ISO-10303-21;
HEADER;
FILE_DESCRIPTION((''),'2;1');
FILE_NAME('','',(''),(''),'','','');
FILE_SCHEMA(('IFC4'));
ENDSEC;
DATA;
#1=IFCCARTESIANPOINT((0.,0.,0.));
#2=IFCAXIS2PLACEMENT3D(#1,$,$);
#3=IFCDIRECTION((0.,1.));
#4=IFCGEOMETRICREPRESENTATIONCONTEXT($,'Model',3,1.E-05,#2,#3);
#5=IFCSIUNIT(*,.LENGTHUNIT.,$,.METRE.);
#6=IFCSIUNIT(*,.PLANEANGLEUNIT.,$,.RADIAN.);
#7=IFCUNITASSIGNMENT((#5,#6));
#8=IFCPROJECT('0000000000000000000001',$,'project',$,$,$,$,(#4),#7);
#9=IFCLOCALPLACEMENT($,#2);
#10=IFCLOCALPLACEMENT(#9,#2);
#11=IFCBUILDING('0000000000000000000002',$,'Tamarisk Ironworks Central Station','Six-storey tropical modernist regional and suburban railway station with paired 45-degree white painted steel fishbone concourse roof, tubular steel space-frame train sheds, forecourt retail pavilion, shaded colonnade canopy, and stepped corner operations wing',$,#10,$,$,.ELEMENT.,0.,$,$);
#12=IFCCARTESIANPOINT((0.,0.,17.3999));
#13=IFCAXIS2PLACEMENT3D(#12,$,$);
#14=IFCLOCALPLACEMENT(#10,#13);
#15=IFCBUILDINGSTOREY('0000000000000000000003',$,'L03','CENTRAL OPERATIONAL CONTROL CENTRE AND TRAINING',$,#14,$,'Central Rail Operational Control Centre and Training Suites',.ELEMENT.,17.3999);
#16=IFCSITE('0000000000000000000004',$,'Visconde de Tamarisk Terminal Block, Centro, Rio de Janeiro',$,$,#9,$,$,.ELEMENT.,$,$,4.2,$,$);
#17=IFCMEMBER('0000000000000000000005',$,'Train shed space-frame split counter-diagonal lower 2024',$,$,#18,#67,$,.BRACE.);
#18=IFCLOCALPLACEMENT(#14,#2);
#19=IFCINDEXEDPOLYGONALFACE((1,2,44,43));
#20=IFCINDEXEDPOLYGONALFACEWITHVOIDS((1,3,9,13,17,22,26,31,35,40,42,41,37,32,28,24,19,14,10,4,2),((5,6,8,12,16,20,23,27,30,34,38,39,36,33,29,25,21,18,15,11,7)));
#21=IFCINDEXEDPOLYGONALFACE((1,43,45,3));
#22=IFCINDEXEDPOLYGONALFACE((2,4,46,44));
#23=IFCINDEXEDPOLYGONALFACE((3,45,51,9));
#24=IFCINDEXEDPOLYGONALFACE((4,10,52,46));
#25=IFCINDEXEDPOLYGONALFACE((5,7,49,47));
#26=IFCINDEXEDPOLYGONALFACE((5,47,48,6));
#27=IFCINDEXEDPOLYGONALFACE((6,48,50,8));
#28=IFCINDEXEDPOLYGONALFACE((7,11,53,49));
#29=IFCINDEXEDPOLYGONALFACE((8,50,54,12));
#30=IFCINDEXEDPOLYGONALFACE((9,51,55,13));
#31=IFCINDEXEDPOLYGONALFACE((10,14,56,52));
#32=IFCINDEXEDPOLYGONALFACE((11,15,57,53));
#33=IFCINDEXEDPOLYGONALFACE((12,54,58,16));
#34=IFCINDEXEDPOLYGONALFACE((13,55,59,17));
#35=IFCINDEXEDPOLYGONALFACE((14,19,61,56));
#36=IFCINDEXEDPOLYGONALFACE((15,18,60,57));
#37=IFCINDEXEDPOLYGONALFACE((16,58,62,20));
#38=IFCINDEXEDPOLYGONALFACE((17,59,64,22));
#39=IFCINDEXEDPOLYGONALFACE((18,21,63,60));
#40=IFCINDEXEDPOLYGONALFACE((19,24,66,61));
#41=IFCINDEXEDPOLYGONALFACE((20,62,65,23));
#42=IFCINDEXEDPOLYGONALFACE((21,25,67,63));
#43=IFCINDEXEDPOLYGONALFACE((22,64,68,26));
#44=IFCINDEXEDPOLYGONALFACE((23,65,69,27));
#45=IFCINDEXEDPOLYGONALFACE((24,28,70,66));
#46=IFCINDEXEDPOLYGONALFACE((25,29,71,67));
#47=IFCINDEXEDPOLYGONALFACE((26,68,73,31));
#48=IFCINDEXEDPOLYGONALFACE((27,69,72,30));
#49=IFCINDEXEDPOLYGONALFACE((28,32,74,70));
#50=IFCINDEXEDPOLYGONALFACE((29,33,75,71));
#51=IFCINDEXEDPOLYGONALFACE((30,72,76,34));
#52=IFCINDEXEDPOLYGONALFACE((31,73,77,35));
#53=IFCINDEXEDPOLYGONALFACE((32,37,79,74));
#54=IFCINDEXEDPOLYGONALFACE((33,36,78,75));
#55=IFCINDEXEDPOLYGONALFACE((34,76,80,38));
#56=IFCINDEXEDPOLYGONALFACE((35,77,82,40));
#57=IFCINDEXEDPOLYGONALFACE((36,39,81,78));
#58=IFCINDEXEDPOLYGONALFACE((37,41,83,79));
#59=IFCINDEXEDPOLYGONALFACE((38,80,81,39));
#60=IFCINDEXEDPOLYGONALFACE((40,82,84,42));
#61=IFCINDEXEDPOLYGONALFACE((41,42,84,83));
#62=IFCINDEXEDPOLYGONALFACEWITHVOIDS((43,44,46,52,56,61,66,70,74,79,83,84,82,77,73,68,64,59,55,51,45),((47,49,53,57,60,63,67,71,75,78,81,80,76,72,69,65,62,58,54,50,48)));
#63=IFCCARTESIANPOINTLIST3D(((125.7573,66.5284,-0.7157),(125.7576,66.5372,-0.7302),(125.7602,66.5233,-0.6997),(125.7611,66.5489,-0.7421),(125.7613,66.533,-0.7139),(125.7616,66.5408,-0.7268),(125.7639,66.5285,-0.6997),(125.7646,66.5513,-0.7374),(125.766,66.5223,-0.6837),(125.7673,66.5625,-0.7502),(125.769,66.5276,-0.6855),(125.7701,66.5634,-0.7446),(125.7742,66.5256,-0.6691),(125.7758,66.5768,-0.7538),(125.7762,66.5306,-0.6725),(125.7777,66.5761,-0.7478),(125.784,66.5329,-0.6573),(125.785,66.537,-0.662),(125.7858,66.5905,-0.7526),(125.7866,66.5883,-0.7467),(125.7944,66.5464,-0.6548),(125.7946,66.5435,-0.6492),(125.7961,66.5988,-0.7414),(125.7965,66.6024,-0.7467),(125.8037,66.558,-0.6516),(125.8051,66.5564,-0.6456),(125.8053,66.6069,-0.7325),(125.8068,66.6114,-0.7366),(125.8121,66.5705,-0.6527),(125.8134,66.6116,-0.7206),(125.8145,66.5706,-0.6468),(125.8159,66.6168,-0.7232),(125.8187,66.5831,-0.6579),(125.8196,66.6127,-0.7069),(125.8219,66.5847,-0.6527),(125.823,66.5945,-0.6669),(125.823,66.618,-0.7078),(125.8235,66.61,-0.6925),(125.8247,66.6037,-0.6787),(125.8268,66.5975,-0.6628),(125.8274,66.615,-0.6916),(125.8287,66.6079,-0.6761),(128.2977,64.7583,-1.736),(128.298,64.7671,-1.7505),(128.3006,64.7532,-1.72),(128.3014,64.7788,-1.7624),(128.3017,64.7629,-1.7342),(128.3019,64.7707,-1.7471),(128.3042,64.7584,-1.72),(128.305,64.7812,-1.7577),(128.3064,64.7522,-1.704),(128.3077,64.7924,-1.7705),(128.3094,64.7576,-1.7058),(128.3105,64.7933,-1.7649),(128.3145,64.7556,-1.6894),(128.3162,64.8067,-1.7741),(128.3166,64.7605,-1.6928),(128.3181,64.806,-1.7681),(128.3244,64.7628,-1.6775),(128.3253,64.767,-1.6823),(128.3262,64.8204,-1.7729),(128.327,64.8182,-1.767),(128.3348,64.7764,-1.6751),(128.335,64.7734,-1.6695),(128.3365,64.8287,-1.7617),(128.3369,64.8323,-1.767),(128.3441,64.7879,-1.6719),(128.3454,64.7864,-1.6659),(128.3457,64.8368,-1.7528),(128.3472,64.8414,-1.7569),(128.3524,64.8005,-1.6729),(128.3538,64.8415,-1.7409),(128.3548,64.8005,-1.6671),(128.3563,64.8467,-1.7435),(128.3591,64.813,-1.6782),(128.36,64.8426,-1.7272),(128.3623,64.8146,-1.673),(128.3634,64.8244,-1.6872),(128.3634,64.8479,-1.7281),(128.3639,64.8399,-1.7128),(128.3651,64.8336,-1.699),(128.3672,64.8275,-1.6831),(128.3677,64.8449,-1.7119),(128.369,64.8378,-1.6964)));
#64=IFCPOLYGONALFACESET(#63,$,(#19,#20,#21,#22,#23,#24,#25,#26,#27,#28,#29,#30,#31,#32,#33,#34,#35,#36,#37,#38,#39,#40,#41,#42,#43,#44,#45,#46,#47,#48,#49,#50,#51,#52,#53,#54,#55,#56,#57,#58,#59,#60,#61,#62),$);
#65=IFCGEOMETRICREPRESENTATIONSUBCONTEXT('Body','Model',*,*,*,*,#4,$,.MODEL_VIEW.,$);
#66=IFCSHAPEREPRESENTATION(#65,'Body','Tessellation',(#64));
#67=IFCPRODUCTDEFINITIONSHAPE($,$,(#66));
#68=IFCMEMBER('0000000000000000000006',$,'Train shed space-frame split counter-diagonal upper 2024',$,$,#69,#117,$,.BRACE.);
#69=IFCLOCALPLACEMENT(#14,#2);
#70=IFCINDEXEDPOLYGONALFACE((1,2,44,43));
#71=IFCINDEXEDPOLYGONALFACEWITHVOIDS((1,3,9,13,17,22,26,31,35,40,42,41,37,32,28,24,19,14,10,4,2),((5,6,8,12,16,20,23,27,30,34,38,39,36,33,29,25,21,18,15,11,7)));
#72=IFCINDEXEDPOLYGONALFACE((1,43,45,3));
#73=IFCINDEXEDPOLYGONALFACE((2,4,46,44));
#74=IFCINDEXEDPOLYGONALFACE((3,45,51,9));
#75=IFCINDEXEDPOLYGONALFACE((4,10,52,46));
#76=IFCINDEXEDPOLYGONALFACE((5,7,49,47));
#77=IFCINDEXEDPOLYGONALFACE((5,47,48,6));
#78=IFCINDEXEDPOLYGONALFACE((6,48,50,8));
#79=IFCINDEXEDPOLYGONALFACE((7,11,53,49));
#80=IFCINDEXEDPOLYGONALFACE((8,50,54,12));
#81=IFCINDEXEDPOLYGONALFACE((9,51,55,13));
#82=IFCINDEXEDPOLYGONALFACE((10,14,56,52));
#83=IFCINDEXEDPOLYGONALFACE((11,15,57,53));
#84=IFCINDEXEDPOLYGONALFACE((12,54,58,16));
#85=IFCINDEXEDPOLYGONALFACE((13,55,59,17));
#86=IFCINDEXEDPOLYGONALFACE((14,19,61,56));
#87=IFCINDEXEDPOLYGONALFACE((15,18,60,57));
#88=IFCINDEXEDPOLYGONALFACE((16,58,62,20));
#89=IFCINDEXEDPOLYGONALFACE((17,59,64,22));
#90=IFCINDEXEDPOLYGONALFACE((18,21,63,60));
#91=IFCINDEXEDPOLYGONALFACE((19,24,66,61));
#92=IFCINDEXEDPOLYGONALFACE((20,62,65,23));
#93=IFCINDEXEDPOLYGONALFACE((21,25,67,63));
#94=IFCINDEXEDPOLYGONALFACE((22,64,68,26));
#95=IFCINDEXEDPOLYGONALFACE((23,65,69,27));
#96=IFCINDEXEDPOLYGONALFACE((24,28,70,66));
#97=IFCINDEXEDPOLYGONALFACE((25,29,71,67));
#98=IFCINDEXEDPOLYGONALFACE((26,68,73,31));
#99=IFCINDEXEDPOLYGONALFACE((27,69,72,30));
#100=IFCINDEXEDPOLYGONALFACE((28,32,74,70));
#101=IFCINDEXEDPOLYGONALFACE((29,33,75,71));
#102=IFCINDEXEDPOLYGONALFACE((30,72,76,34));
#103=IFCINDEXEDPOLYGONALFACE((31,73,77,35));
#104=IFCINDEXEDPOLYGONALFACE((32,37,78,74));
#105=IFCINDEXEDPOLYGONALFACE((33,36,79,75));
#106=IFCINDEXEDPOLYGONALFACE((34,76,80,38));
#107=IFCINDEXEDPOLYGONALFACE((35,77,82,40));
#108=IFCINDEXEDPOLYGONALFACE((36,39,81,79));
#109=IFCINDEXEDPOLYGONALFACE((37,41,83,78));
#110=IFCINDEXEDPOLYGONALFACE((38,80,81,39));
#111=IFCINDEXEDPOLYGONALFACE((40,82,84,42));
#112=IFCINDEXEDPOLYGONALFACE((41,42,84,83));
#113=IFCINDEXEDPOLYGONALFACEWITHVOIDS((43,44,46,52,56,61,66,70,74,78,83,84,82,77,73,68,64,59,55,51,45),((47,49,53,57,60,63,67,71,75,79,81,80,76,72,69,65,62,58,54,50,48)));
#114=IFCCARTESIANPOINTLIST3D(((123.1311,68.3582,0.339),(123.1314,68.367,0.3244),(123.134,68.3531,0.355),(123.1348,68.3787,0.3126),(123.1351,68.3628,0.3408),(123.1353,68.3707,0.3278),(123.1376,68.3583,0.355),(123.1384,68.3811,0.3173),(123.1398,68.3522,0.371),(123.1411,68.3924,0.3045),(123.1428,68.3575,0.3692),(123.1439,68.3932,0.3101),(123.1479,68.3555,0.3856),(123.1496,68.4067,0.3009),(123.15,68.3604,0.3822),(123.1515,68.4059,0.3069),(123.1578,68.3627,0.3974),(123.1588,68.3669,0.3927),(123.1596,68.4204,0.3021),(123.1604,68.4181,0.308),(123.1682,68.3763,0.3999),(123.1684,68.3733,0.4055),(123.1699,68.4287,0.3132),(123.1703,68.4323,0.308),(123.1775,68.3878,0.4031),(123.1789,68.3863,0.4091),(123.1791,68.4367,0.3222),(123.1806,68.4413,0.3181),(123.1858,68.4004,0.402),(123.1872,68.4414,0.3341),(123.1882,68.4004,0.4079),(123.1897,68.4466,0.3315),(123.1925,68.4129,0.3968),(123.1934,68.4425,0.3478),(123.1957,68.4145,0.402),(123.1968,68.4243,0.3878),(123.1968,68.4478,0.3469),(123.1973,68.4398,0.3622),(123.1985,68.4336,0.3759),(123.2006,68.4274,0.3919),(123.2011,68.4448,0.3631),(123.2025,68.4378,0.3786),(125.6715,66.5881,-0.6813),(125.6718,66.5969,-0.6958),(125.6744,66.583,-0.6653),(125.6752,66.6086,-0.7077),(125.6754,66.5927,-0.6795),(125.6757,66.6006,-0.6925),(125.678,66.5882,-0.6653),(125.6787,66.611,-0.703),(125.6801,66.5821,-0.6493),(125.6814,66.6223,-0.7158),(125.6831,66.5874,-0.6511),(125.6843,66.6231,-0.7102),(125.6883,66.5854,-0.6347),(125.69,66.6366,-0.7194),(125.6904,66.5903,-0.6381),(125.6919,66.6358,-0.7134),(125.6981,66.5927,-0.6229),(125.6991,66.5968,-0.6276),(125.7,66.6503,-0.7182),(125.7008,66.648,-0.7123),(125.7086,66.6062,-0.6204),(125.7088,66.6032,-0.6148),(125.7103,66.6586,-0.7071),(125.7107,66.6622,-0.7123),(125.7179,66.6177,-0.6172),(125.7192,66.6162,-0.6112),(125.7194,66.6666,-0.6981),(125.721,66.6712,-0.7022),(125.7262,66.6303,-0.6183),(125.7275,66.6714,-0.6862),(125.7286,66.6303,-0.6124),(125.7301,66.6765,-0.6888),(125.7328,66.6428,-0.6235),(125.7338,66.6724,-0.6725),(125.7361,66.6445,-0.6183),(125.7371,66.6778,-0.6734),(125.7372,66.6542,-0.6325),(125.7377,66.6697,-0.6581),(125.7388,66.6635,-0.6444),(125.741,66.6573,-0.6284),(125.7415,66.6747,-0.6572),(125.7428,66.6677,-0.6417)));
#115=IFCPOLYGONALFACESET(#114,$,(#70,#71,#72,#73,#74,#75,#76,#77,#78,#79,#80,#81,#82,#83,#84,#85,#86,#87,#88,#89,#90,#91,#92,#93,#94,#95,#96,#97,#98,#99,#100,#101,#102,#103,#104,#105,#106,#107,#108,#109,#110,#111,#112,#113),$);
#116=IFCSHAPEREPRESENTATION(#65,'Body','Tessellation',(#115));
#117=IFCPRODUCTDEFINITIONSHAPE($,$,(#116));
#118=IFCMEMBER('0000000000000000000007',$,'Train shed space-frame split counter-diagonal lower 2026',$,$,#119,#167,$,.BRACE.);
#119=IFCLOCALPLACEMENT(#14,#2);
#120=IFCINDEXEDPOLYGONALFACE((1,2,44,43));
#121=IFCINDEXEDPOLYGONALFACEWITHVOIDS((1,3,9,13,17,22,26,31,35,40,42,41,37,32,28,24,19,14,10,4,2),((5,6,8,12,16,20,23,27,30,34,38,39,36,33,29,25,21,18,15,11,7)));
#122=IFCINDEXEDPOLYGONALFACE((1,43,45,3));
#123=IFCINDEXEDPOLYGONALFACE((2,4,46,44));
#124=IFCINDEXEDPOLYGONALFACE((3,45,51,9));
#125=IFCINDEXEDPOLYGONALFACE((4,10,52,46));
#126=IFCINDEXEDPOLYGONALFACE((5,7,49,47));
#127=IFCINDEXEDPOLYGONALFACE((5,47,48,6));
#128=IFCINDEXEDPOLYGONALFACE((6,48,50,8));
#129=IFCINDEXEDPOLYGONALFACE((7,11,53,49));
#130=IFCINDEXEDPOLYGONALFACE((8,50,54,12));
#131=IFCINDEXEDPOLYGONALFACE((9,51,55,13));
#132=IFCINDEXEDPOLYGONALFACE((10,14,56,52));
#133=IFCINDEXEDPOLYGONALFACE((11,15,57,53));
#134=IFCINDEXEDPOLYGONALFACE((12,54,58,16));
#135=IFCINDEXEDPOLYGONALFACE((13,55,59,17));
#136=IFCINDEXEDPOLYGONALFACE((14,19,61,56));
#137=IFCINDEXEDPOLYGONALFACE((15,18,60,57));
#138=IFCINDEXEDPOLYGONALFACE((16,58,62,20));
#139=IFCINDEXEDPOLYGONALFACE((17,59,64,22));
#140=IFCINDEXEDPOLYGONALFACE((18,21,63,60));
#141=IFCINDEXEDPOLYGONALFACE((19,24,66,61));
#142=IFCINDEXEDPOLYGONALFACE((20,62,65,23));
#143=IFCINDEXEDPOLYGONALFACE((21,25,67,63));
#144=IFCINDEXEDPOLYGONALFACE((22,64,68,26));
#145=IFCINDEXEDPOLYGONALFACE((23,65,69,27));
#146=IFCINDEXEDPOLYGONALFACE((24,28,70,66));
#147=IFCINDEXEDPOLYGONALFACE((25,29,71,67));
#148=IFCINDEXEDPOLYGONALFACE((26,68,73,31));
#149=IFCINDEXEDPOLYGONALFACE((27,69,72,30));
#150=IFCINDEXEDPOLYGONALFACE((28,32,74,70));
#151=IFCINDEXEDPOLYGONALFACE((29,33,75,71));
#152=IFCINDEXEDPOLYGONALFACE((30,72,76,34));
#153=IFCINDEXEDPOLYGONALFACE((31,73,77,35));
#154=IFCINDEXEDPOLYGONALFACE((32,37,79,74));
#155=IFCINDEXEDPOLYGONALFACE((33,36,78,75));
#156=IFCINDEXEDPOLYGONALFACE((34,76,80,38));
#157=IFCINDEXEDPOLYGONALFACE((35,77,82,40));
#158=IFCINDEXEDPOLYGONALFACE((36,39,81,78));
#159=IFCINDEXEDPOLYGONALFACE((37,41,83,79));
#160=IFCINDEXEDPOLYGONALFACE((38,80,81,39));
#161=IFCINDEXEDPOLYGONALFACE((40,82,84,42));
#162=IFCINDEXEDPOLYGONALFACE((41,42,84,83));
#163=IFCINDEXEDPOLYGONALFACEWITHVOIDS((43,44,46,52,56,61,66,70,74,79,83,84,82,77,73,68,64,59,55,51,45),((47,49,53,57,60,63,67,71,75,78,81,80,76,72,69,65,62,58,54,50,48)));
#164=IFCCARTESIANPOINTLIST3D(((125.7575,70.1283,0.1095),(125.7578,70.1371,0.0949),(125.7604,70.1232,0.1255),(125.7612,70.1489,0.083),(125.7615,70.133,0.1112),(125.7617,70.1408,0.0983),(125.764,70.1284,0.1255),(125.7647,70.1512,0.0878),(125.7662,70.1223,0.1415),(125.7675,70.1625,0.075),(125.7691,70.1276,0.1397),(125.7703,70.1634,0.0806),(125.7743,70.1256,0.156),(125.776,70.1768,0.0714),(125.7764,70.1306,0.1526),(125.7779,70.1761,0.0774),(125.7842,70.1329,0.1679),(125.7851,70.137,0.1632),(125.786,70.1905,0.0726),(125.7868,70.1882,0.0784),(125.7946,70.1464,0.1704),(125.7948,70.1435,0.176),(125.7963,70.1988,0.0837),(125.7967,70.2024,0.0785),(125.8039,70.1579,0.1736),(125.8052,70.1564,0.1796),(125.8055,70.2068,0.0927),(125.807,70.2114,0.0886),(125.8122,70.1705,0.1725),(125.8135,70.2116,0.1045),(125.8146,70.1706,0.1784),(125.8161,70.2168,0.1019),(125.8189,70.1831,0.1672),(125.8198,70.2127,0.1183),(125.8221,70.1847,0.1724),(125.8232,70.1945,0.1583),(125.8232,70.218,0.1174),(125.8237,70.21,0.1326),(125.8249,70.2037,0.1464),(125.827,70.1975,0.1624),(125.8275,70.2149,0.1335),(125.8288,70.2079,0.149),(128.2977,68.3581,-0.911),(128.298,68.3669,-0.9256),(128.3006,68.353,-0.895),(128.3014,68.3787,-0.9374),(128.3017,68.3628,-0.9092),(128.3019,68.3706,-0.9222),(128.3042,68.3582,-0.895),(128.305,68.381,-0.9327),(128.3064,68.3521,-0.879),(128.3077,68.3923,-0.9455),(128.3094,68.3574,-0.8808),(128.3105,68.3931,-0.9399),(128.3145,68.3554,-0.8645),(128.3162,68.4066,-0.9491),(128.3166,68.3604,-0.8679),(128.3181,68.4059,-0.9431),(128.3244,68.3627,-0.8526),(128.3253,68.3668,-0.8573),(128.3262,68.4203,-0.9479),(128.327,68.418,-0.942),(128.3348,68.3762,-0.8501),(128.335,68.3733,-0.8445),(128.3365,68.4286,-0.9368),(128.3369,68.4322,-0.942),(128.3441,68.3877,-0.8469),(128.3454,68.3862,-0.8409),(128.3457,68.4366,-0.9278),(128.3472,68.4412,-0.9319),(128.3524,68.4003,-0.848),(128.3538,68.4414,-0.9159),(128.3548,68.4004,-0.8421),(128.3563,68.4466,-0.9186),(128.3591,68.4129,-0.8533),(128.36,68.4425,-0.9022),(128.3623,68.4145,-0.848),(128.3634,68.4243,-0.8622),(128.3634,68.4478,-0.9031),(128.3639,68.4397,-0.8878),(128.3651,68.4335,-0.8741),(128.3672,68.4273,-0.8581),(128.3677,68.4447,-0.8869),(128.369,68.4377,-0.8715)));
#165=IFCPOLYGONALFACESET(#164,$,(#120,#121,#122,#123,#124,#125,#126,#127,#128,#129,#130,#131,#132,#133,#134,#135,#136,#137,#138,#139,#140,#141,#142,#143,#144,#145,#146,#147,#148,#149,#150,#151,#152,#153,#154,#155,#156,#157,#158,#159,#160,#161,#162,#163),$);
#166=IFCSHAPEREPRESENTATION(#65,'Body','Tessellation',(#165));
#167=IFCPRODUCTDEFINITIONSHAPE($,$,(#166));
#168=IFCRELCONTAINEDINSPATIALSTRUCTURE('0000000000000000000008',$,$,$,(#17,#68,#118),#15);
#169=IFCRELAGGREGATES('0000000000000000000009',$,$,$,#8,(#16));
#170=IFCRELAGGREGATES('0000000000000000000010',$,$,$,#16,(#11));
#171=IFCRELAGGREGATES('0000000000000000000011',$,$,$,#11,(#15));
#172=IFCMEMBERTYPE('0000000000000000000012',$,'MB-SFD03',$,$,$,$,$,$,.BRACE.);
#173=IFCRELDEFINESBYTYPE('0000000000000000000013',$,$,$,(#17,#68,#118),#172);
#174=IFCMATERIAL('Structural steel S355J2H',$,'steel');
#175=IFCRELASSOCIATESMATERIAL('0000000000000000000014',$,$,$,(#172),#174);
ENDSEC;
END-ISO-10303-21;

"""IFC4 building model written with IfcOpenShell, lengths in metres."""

from ifc_helpers import new_model, si_unit, direction, frame, origin, origin_2d, place, context, subcontext, project, spatial, hollow_circle, extrude, material, material_profile, profile_set, type_object, element, save


model = new_model("IFC4")

# Units and contexts
model_context = context("Model", 3, precision=1e-05, world=origin(), true_north=direction((0.0, 1.0)))
body_context = subcontext(model_context, "Body", "Model", "MODEL_VIEW")
ifc_project = project(units=[si_unit("LENGTHUNIT", "METRE"), si_unit("PLANEANGLEUNIT", "RADIAN")], contexts=[model_context])

# Site, building, storey
site_placement = place(None, origin())
site = spatial("IfcSite", under=ifc_project, at=site_placement, Name="Visconde de Tamarisk Terminal Block, Centro, Rio de Janeiro", CompositionType="ELEMENT", RefElevation=4.2)
building_placement = place(site_placement, origin())
building = spatial("IfcBuilding", under=site, at=building_placement, Name="Tamarisk Ironworks Central Station", Description="Six-storey tropical modernist regional and suburban railway station with paired 45-degree white painted steel fishbone concourse roof, tubular steel space-frame train sheds, forecourt retail pavilion, shaded colonnade canopy, and stepped corner operations wing", CompositionType="ELEMENT", ElevationOfRefHeight=0.0)
storey_placement = place(building_placement, frame((0.0, 0.0, 17.3999)))
storey = spatial("IfcBuildingStorey", under=building, at=storey_placement, Name="L03", Description="CENTRAL OPERATIONAL CONTROL CENTRE AND TRAINING", LongName="Central Rail Operational Control Centre and Training Suites", CompositionType="ELEMENT", Elevation=17.3999)

# Members
ifc_material_1 = material(Name="Structural steel S355J2H", Category="steel")
ifc_material_profile_1 = material_profile(ifc_material_1, hollow_circle(Radius=0.0571, WallThickness=0.0063, at=origin_2d()), Name="CHS 114.3x6.3")
ifc_profile_set_1 = profile_set([ifc_material_profile_1], Name="Structural steel S355J2H")
member_type_1 = type_object("IfcMemberType", Name="MB-SFD03", PredefinedType="BRACE", material=ifc_profile_set_1)
for number, where, z_axis, x_axis, name in (
    (1, (128.3333, 64.8, -1.72), (-0.779252, 0.542967, 0.312974), (-0.571688, -0.820471, 0.0), "Train shed space-frame split counter-diagonal lower 2024"),
    (2, (125.707, 66.6299, -0.6653), (-0.779252, 0.542967, 0.312974), (-0.571688, -0.820471, 0.0), "Train shed space-frame split counter-diagonal upper 2024"),
    (3, (128.3333, 68.3999, -0.895), (-0.779202, 0.543008, 0.313029), (-0.571741, -0.820434, 0.0), "Train shed space-frame split counter-diagonal lower 2026"),
):
    element("IfcMember", number, at=place(storey_placement, frame(where, z_axis=z_axis, x_axis=x_axis)), inside=storey, type_object=member_type_1, Name=name, PredefinedType="BRACE", context=body_context, shape_type="SweptSolid", body=[
        extrude(hollow_circle(Radius=0.0571, WallThickness=0.0063, at=origin_2d()), origin(), (0.0, 0.0, 1.0), 3.26),
    ])

save(model, "model.ifc")
